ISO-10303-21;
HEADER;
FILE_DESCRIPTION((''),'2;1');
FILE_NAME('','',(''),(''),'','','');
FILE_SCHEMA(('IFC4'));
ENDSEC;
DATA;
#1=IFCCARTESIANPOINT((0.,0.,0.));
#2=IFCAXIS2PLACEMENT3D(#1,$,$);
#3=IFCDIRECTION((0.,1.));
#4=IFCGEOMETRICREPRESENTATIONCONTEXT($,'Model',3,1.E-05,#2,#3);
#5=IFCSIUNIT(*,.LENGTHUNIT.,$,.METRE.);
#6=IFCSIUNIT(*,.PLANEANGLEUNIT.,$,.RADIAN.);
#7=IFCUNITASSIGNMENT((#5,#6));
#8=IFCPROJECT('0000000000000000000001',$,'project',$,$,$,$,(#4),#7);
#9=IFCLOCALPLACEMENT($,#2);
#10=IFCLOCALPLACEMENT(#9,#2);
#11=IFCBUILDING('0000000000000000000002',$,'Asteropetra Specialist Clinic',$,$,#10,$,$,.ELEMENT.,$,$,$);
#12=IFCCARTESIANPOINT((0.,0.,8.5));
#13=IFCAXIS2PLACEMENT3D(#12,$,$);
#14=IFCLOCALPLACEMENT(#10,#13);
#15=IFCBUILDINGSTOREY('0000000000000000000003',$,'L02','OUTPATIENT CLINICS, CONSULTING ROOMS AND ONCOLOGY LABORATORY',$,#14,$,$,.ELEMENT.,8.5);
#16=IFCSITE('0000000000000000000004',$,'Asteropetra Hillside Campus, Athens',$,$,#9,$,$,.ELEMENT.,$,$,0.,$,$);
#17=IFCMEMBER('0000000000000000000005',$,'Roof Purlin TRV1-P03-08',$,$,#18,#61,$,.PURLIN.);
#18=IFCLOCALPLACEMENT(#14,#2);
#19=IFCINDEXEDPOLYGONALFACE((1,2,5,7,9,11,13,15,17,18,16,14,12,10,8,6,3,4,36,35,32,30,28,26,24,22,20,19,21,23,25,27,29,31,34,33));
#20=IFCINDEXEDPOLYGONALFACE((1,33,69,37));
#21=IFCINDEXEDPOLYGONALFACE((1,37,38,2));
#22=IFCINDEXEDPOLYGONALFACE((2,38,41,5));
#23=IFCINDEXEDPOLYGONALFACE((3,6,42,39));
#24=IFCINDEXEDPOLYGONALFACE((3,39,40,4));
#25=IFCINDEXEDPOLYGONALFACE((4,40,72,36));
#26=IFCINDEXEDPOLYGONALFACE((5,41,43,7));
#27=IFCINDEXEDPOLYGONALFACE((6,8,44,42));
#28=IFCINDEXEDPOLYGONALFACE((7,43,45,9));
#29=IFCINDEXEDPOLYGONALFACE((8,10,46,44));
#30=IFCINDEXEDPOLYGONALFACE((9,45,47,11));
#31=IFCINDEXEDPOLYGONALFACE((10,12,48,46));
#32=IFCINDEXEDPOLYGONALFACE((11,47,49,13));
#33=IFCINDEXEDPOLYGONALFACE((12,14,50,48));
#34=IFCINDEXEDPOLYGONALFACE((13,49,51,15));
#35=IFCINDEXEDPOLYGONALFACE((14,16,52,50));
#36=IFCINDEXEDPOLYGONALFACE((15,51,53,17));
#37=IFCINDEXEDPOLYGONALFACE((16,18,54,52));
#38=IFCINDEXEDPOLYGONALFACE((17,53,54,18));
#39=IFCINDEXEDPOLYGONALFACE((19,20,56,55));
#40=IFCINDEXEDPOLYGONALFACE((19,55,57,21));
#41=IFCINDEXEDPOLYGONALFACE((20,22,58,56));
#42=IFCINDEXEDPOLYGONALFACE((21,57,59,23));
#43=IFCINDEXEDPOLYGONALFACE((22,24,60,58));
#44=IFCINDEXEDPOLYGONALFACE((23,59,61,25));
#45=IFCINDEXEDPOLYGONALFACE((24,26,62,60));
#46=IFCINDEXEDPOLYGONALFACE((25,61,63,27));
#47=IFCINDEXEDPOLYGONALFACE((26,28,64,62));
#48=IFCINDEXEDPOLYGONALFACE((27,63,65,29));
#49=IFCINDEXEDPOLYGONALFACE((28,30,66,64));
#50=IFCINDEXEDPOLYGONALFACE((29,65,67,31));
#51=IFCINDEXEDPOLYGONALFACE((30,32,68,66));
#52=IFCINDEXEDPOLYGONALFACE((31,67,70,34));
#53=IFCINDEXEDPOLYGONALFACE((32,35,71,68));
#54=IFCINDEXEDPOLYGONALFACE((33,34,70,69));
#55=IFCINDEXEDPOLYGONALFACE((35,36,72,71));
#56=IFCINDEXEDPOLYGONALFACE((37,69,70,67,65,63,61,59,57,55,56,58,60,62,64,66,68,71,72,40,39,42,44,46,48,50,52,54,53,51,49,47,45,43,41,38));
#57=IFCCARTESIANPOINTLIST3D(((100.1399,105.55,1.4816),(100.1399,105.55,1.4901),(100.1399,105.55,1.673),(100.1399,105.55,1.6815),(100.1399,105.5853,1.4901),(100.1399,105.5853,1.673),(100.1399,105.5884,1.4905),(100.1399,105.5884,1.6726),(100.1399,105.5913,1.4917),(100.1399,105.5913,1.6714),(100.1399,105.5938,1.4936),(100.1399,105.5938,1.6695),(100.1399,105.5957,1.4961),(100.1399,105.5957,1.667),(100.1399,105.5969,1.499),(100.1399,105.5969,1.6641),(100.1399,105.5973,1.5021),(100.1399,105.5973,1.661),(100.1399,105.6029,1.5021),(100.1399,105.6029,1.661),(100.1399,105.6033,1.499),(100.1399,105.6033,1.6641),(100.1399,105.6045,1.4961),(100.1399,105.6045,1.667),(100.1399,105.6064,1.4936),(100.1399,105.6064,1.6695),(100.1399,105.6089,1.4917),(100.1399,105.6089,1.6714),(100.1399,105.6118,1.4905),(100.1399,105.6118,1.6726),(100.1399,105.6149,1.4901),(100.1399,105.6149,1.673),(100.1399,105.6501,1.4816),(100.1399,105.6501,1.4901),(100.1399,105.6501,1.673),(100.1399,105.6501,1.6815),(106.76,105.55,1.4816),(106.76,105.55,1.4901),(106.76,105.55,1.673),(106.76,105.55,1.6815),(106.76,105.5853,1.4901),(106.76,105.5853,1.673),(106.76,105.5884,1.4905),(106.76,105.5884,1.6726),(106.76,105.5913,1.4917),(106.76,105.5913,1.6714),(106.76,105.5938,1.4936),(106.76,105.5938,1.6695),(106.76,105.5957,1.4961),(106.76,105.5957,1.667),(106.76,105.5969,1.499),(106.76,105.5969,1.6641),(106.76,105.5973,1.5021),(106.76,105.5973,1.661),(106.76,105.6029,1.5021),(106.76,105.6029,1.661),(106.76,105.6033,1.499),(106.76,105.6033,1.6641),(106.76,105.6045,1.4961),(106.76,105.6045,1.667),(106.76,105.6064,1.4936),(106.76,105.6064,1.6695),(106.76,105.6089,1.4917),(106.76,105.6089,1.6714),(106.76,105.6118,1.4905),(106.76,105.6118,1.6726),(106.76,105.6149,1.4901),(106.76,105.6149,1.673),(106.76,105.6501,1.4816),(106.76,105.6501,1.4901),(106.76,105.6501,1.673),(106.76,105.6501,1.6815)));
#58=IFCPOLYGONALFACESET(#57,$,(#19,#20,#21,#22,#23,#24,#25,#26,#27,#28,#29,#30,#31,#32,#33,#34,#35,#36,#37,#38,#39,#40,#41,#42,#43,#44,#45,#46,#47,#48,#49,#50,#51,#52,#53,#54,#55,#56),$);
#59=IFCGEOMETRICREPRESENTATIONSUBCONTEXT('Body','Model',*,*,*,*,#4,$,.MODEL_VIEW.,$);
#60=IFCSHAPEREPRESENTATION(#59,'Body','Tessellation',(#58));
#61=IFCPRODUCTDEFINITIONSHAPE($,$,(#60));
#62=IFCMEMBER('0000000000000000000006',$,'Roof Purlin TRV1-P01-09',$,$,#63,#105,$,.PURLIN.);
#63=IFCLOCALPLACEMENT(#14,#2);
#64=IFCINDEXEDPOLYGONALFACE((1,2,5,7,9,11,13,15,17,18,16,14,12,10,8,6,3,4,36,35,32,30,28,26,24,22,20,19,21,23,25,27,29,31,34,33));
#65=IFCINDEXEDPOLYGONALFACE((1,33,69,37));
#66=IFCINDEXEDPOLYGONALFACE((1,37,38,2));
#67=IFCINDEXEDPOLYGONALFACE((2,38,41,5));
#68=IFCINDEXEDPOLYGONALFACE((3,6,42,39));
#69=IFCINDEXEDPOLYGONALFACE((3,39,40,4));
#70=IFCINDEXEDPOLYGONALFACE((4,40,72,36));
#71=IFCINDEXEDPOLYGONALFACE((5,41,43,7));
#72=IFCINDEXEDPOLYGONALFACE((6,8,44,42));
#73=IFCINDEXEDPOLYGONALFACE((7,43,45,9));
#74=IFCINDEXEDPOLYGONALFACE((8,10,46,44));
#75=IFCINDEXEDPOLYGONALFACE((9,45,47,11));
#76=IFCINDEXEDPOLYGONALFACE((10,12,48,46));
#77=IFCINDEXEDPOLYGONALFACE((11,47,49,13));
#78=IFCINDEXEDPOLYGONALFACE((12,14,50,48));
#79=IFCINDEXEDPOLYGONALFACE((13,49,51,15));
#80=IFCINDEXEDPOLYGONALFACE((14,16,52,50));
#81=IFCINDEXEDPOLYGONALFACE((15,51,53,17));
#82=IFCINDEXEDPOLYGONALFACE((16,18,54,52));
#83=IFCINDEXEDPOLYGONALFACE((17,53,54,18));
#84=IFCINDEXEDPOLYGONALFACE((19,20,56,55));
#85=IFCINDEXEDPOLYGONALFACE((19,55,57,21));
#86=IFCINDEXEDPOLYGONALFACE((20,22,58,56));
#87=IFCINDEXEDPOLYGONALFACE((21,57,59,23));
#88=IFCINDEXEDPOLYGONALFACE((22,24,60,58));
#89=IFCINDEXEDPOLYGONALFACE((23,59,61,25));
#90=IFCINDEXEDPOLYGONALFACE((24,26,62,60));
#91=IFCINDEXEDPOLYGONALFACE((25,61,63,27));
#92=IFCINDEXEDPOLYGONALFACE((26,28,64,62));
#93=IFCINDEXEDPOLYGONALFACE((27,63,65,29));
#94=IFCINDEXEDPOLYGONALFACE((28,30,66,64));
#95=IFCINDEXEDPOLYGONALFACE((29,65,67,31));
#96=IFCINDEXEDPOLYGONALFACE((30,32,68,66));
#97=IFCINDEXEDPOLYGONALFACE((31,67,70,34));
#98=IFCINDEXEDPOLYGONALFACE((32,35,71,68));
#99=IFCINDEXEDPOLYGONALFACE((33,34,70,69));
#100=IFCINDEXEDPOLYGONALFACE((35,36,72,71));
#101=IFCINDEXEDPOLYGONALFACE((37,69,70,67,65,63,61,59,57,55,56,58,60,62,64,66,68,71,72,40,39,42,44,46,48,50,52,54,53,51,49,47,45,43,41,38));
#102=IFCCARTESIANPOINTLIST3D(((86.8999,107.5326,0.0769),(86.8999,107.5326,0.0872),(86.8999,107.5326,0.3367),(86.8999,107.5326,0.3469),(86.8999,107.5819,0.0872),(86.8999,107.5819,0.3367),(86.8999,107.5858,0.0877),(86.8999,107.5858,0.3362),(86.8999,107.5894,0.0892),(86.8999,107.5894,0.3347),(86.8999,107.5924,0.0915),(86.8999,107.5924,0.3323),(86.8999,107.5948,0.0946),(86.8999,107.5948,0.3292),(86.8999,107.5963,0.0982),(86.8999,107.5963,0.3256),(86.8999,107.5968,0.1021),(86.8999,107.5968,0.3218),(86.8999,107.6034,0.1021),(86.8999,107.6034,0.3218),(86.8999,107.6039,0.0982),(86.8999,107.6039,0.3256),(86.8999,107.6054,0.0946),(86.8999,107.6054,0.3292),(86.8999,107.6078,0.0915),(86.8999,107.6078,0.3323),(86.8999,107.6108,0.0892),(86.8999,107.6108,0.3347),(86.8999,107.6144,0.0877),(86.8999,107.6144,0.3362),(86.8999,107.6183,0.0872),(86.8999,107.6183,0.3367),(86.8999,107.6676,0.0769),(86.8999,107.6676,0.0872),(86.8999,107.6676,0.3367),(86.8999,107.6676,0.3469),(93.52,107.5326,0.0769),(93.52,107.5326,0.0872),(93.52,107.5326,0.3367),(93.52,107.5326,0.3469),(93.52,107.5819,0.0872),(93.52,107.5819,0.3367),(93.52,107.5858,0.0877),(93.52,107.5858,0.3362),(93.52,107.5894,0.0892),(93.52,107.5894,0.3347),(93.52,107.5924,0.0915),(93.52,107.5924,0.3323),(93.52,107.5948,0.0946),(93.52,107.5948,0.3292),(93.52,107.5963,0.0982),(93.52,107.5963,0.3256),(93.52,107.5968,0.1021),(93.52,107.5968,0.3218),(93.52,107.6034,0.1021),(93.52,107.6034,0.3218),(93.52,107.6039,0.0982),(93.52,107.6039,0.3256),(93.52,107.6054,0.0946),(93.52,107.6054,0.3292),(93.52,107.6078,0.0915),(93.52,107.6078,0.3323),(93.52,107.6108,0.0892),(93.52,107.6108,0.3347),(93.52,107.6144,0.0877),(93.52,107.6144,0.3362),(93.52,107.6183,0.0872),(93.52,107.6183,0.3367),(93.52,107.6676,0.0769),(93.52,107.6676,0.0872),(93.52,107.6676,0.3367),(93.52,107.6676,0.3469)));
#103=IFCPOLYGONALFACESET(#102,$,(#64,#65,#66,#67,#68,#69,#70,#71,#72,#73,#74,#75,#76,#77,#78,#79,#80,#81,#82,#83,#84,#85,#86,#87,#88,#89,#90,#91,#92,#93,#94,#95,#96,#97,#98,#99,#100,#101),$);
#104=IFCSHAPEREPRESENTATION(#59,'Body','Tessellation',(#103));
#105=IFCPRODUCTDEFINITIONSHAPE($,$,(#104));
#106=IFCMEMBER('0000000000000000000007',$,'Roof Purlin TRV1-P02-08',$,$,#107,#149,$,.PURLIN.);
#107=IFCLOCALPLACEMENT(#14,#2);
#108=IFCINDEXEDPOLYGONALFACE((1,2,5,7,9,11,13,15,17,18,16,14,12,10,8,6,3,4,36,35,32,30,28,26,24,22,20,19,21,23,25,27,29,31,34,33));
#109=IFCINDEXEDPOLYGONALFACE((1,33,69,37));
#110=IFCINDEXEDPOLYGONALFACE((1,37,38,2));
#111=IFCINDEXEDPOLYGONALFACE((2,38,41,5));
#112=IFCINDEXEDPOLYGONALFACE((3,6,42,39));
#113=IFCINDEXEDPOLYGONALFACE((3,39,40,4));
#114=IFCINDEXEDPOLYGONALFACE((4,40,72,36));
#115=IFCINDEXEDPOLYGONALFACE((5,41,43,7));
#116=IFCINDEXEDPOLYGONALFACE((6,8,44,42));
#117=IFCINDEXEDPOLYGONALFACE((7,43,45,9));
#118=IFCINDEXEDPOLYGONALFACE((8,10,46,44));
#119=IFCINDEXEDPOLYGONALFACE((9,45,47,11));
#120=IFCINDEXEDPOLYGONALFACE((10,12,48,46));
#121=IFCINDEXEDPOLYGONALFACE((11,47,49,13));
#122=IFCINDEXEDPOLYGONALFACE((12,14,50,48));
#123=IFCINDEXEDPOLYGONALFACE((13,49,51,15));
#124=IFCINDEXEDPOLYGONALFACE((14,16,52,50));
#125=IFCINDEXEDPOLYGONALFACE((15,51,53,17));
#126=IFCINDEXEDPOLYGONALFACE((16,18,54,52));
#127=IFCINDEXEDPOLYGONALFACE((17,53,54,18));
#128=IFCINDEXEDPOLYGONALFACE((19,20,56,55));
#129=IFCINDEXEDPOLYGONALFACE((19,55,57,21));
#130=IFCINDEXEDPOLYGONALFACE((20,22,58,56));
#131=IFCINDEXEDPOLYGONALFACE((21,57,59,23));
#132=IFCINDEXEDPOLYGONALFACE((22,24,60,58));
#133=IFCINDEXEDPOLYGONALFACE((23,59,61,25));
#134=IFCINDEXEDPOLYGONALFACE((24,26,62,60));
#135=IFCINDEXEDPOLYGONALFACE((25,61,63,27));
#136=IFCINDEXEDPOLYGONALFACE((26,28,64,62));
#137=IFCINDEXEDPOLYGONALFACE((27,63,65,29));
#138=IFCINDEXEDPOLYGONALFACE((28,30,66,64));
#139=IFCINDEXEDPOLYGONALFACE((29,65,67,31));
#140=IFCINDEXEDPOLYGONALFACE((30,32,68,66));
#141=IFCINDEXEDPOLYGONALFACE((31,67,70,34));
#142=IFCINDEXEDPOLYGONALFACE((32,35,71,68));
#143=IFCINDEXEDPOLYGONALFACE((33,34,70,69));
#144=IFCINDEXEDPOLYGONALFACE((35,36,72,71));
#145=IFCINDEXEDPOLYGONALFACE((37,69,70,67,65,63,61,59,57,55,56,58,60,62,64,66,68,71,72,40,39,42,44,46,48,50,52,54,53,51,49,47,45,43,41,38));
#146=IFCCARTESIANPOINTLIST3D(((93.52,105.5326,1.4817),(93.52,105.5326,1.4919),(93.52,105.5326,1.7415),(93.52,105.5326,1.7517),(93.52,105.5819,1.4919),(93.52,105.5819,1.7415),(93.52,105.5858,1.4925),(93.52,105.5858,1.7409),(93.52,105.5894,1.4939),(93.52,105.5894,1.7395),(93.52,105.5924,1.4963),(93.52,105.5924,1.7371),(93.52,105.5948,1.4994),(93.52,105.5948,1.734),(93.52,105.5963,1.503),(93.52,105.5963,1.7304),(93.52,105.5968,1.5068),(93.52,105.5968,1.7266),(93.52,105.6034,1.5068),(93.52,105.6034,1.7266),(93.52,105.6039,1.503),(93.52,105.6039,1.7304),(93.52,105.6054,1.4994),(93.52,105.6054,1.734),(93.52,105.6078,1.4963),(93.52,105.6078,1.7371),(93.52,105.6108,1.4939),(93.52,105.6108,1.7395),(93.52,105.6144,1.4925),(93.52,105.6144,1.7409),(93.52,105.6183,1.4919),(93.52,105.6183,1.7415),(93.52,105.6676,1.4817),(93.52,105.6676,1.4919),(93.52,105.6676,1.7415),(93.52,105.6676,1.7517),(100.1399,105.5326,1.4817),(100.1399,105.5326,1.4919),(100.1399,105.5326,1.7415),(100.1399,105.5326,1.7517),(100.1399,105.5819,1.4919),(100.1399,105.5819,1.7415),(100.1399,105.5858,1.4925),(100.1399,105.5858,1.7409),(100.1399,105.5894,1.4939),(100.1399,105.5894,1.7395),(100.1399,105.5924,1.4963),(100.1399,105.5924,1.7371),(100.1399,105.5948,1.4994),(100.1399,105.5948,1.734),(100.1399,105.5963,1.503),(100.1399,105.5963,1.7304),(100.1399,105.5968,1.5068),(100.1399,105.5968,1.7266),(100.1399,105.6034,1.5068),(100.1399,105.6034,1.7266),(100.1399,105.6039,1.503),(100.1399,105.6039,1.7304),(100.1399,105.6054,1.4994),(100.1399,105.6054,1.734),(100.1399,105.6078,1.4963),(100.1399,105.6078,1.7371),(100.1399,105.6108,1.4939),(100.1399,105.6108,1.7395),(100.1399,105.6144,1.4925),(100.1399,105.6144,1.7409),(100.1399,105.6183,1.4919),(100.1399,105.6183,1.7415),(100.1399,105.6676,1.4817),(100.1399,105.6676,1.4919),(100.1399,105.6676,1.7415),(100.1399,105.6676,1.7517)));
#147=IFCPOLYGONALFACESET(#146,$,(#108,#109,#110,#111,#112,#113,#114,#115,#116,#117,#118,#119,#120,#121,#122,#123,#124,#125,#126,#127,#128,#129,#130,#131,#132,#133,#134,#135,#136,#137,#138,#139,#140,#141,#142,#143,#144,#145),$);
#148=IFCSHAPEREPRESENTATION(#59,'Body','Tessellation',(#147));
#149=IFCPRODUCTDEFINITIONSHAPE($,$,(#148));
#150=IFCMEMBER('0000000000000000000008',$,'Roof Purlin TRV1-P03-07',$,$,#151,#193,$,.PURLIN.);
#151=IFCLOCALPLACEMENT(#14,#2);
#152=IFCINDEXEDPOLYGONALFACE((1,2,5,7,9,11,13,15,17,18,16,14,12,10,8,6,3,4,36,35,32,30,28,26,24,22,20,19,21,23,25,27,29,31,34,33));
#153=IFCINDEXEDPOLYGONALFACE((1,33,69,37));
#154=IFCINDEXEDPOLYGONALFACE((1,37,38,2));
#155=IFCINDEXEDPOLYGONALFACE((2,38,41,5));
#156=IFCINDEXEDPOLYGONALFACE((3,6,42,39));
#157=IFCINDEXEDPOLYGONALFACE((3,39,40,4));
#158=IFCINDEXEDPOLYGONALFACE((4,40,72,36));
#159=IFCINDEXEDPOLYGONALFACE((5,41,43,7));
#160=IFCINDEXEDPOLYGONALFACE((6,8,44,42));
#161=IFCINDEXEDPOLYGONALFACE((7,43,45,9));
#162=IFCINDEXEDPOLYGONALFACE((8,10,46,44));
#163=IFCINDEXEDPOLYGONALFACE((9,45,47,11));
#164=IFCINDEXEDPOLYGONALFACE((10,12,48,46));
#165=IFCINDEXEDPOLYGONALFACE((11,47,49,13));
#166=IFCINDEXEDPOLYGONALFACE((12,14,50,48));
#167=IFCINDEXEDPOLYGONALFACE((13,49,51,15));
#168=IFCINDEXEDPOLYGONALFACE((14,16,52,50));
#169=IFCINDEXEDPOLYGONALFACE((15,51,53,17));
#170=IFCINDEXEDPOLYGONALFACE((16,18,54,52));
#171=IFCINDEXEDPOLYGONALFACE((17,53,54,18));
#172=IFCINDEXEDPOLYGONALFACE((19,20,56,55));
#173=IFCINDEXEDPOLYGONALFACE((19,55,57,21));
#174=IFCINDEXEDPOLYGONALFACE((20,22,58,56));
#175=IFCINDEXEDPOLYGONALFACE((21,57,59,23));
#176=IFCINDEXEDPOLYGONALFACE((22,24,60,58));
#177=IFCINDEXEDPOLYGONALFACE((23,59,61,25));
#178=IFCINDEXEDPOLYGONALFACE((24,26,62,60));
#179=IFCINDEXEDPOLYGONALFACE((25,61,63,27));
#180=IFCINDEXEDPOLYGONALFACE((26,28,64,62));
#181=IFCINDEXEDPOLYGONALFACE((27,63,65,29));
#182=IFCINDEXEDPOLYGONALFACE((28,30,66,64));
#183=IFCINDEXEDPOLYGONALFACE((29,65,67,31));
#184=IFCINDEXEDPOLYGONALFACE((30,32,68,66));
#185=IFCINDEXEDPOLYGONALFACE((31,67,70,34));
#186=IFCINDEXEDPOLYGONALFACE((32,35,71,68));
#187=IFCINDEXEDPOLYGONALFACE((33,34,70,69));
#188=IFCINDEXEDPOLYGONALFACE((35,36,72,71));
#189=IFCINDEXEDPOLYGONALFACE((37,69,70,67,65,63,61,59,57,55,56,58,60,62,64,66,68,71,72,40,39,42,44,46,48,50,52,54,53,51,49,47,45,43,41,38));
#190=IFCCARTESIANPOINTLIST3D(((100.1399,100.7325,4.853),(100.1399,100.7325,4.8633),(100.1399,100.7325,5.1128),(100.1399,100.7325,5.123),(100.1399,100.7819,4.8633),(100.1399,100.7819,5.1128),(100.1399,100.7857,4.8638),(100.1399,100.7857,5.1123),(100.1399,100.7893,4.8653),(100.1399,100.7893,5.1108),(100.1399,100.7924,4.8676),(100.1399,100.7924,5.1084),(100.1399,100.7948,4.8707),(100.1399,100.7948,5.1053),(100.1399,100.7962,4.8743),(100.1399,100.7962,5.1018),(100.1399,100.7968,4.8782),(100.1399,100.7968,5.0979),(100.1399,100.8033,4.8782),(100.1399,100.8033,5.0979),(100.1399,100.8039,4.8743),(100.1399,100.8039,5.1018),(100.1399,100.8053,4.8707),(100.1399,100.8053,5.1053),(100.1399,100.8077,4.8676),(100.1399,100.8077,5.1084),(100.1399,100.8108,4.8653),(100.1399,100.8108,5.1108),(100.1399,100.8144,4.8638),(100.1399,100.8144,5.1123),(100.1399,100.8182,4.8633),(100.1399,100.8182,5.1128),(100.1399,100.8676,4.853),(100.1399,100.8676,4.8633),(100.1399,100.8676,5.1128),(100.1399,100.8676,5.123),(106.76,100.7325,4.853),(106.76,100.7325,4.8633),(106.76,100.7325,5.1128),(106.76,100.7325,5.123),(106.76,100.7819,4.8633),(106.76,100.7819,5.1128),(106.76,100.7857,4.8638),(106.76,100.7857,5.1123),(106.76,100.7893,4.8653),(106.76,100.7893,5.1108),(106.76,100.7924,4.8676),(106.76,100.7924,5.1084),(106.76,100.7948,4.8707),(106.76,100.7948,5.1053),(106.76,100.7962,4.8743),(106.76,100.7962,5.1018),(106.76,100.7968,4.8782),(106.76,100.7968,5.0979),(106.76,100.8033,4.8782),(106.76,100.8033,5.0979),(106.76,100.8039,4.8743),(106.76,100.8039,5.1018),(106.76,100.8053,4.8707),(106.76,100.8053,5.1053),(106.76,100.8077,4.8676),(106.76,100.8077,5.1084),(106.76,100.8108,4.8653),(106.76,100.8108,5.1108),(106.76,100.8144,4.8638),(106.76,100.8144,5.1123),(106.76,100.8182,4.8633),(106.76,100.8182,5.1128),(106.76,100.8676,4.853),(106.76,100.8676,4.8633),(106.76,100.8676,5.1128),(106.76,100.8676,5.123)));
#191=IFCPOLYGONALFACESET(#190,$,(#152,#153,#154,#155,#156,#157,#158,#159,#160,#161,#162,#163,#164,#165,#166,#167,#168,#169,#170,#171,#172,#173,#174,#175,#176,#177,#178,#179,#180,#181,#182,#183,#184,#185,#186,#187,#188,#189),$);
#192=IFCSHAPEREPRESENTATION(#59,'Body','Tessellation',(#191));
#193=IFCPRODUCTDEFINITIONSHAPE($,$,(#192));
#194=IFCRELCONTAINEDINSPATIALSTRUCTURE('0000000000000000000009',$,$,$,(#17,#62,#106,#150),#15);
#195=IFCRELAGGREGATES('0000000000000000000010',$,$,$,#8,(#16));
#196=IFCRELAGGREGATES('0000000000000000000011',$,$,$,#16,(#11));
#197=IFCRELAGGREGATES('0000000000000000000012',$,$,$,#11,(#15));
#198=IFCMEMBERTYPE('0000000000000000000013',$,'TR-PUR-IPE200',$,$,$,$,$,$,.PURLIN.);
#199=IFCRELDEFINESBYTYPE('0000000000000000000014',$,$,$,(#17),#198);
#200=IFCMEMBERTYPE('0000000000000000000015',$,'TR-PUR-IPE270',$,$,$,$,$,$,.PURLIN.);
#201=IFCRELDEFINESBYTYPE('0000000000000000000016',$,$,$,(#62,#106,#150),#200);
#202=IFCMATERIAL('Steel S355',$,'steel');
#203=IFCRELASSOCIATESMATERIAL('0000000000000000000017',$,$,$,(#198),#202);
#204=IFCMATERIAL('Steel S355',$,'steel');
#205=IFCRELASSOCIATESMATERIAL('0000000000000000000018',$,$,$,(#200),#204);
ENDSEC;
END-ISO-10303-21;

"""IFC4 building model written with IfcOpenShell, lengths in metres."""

from ifc_helpers import new_model, si_unit, direction, frame, origin, origin_2d, place, context, subcontext, project, spatial, i_section, extrude, material, material_profile, profile_set, type_object, element, save


model = new_model("IFC4")

# Units and contexts
model_context = context("Model", 3, precision=1e-05, world=origin(), true_north=direction((0.0, 1.0)))
body_context = subcontext(model_context, "Body", "Model", "MODEL_VIEW")
ifc_project = project(units=[si_unit("LENGTHUNIT", "METRE"), si_unit("PLANEANGLEUNIT", "RADIAN")], contexts=[model_context])

# Site, building, storey
site_placement = place(None, origin())
site = spatial("IfcSite", under=ifc_project, at=site_placement, Name="Asteropetra Hillside Campus, Athens", CompositionType="ELEMENT", RefElevation=0.0)
building_placement = place(site_placement, origin())
building = spatial("IfcBuilding", under=site, at=building_placement, Name="Asteropetra Specialist Clinic", CompositionType="ELEMENT")
storey_placement = place(building_placement, frame((0.0, 0.0, 8.5)))
storey = spatial("IfcBuildingStorey", under=building, at=storey_placement, Name="L02", Description="OUTPATIENT CLINICS, CONSULTING ROOMS AND ONCOLOGY LABORATORY", CompositionType="ELEMENT", Elevation=8.5)

# Members
ifc_material_1 = material(Name="Steel S355", Category="steel")
ifc_material_profile_1 = material_profile(ifc_material_1, i_section(OverallWidth=0.1001, OverallDepth=0.2, WebThickness=0.0056, FlangeThickness=0.0085, FilletRadius=0.012, at=origin_2d()), Name="IPE 200")
ifc_profile_set_1 = profile_set([ifc_material_profile_1], Name="Steel S355")
member_type_1 = type_object("IfcMemberType", Name="TR-PUR-IPE200", PredefinedType="PURLIN", material=ifc_profile_set_1)
member_1_placement = place(storey_placement, frame((100.1399, 105.6001, 1.5815), z_axis=(1.0, 0.0, 0.0), x_axis=(0.0, 1.0, 0.0)))
element("IfcMember", 1, at=member_1_placement, inside=storey, type_object=member_type_1, Name="Roof Purlin TRV1-P03-08", PredefinedType="PURLIN", context=body_context, shape_type="SweptSolid", body=[
    extrude(i_section(OverallWidth=0.1001, OverallDepth=0.2, WebThickness=0.0056, FlangeThickness=0.0085, FilletRadius=0.012, at=origin_2d()), origin(), (0.0, 0.0, 1.0), 6.6201),
])
ifc_material_2 = material(Name="Steel S355", Category="steel")
ifc_material_profile_2 = material_profile(ifc_material_2, i_section(OverallWidth=0.135, OverallDepth=0.27, WebThickness=0.0066, FlangeThickness=0.0103, FilletRadius=0.0149, at=origin_2d()), Name="IPE 270")
ifc_profile_set_2 = profile_set([ifc_material_profile_2], Name="Steel S355")
member_type_2 = type_object("IfcMemberType", Name="TR-PUR-IPE270", PredefinedType="PURLIN", material=ifc_profile_set_2)
member_2_placement = place(storey_placement, frame((86.8999, 107.6001, 0.2119), z_axis=(1.0, 0.0, 0.0), x_axis=(0.0, 1.0, 0.0)))
element("IfcMember", 2, at=member_2_placement, inside=storey, type_object=member_type_2, Name="Roof Purlin TRV1-P01-09", PredefinedType="PURLIN", context=body_context, shape_type="SweptSolid", body=[
    extrude(i_section(OverallWidth=0.135, OverallDepth=0.27, WebThickness=0.0066, FlangeThickness=0.0103, FilletRadius=0.0149, at=origin_2d()), origin(), (0.0, 0.0, 1.0), 6.6201),
])
member_3_placement = place(storey_placement, frame((93.52, 105.6001, 1.6167), z_axis=(1.0, 0.0, 0.0), x_axis=(0.0, 1.0, 0.0)))
element("IfcMember", 3, at=member_3_placement, inside=storey, type_object=member_type_2, Name="Roof Purlin TRV1-P02-08", PredefinedType="PURLIN", context=body_context, shape_type="SweptSolid", body=[
    extrude(i_section(OverallWidth=0.135, OverallDepth=0.27, WebThickness=0.0066, FlangeThickness=0.0103, FilletRadius=0.0149, at=origin_2d()), origin(), (0.0, 0.0, 1.0), 6.6199),
])
member_4_placement = place(storey_placement, frame((100.1399, 100.8, 4.988), z_axis=(1.0, 0.0, 0.0), x_axis=(0.0, 1.0, 0.0)))
element("IfcMember", 4, at=member_4_placement, inside=storey, type_object=member_type_2, Name="Roof Purlin TRV1-P03-07", PredefinedType="PURLIN", context=body_context, shape_type="SweptSolid", body=[
    extrude(i_section(OverallWidth=0.135, OverallDepth=0.27, WebThickness=0.0066, FlangeThickness=0.0103, FilletRadius=0.0149, at=origin_2d()), origin(), (0.0, 0.0, 1.0), 6.6201),
])

save(model, "model.ifc")
